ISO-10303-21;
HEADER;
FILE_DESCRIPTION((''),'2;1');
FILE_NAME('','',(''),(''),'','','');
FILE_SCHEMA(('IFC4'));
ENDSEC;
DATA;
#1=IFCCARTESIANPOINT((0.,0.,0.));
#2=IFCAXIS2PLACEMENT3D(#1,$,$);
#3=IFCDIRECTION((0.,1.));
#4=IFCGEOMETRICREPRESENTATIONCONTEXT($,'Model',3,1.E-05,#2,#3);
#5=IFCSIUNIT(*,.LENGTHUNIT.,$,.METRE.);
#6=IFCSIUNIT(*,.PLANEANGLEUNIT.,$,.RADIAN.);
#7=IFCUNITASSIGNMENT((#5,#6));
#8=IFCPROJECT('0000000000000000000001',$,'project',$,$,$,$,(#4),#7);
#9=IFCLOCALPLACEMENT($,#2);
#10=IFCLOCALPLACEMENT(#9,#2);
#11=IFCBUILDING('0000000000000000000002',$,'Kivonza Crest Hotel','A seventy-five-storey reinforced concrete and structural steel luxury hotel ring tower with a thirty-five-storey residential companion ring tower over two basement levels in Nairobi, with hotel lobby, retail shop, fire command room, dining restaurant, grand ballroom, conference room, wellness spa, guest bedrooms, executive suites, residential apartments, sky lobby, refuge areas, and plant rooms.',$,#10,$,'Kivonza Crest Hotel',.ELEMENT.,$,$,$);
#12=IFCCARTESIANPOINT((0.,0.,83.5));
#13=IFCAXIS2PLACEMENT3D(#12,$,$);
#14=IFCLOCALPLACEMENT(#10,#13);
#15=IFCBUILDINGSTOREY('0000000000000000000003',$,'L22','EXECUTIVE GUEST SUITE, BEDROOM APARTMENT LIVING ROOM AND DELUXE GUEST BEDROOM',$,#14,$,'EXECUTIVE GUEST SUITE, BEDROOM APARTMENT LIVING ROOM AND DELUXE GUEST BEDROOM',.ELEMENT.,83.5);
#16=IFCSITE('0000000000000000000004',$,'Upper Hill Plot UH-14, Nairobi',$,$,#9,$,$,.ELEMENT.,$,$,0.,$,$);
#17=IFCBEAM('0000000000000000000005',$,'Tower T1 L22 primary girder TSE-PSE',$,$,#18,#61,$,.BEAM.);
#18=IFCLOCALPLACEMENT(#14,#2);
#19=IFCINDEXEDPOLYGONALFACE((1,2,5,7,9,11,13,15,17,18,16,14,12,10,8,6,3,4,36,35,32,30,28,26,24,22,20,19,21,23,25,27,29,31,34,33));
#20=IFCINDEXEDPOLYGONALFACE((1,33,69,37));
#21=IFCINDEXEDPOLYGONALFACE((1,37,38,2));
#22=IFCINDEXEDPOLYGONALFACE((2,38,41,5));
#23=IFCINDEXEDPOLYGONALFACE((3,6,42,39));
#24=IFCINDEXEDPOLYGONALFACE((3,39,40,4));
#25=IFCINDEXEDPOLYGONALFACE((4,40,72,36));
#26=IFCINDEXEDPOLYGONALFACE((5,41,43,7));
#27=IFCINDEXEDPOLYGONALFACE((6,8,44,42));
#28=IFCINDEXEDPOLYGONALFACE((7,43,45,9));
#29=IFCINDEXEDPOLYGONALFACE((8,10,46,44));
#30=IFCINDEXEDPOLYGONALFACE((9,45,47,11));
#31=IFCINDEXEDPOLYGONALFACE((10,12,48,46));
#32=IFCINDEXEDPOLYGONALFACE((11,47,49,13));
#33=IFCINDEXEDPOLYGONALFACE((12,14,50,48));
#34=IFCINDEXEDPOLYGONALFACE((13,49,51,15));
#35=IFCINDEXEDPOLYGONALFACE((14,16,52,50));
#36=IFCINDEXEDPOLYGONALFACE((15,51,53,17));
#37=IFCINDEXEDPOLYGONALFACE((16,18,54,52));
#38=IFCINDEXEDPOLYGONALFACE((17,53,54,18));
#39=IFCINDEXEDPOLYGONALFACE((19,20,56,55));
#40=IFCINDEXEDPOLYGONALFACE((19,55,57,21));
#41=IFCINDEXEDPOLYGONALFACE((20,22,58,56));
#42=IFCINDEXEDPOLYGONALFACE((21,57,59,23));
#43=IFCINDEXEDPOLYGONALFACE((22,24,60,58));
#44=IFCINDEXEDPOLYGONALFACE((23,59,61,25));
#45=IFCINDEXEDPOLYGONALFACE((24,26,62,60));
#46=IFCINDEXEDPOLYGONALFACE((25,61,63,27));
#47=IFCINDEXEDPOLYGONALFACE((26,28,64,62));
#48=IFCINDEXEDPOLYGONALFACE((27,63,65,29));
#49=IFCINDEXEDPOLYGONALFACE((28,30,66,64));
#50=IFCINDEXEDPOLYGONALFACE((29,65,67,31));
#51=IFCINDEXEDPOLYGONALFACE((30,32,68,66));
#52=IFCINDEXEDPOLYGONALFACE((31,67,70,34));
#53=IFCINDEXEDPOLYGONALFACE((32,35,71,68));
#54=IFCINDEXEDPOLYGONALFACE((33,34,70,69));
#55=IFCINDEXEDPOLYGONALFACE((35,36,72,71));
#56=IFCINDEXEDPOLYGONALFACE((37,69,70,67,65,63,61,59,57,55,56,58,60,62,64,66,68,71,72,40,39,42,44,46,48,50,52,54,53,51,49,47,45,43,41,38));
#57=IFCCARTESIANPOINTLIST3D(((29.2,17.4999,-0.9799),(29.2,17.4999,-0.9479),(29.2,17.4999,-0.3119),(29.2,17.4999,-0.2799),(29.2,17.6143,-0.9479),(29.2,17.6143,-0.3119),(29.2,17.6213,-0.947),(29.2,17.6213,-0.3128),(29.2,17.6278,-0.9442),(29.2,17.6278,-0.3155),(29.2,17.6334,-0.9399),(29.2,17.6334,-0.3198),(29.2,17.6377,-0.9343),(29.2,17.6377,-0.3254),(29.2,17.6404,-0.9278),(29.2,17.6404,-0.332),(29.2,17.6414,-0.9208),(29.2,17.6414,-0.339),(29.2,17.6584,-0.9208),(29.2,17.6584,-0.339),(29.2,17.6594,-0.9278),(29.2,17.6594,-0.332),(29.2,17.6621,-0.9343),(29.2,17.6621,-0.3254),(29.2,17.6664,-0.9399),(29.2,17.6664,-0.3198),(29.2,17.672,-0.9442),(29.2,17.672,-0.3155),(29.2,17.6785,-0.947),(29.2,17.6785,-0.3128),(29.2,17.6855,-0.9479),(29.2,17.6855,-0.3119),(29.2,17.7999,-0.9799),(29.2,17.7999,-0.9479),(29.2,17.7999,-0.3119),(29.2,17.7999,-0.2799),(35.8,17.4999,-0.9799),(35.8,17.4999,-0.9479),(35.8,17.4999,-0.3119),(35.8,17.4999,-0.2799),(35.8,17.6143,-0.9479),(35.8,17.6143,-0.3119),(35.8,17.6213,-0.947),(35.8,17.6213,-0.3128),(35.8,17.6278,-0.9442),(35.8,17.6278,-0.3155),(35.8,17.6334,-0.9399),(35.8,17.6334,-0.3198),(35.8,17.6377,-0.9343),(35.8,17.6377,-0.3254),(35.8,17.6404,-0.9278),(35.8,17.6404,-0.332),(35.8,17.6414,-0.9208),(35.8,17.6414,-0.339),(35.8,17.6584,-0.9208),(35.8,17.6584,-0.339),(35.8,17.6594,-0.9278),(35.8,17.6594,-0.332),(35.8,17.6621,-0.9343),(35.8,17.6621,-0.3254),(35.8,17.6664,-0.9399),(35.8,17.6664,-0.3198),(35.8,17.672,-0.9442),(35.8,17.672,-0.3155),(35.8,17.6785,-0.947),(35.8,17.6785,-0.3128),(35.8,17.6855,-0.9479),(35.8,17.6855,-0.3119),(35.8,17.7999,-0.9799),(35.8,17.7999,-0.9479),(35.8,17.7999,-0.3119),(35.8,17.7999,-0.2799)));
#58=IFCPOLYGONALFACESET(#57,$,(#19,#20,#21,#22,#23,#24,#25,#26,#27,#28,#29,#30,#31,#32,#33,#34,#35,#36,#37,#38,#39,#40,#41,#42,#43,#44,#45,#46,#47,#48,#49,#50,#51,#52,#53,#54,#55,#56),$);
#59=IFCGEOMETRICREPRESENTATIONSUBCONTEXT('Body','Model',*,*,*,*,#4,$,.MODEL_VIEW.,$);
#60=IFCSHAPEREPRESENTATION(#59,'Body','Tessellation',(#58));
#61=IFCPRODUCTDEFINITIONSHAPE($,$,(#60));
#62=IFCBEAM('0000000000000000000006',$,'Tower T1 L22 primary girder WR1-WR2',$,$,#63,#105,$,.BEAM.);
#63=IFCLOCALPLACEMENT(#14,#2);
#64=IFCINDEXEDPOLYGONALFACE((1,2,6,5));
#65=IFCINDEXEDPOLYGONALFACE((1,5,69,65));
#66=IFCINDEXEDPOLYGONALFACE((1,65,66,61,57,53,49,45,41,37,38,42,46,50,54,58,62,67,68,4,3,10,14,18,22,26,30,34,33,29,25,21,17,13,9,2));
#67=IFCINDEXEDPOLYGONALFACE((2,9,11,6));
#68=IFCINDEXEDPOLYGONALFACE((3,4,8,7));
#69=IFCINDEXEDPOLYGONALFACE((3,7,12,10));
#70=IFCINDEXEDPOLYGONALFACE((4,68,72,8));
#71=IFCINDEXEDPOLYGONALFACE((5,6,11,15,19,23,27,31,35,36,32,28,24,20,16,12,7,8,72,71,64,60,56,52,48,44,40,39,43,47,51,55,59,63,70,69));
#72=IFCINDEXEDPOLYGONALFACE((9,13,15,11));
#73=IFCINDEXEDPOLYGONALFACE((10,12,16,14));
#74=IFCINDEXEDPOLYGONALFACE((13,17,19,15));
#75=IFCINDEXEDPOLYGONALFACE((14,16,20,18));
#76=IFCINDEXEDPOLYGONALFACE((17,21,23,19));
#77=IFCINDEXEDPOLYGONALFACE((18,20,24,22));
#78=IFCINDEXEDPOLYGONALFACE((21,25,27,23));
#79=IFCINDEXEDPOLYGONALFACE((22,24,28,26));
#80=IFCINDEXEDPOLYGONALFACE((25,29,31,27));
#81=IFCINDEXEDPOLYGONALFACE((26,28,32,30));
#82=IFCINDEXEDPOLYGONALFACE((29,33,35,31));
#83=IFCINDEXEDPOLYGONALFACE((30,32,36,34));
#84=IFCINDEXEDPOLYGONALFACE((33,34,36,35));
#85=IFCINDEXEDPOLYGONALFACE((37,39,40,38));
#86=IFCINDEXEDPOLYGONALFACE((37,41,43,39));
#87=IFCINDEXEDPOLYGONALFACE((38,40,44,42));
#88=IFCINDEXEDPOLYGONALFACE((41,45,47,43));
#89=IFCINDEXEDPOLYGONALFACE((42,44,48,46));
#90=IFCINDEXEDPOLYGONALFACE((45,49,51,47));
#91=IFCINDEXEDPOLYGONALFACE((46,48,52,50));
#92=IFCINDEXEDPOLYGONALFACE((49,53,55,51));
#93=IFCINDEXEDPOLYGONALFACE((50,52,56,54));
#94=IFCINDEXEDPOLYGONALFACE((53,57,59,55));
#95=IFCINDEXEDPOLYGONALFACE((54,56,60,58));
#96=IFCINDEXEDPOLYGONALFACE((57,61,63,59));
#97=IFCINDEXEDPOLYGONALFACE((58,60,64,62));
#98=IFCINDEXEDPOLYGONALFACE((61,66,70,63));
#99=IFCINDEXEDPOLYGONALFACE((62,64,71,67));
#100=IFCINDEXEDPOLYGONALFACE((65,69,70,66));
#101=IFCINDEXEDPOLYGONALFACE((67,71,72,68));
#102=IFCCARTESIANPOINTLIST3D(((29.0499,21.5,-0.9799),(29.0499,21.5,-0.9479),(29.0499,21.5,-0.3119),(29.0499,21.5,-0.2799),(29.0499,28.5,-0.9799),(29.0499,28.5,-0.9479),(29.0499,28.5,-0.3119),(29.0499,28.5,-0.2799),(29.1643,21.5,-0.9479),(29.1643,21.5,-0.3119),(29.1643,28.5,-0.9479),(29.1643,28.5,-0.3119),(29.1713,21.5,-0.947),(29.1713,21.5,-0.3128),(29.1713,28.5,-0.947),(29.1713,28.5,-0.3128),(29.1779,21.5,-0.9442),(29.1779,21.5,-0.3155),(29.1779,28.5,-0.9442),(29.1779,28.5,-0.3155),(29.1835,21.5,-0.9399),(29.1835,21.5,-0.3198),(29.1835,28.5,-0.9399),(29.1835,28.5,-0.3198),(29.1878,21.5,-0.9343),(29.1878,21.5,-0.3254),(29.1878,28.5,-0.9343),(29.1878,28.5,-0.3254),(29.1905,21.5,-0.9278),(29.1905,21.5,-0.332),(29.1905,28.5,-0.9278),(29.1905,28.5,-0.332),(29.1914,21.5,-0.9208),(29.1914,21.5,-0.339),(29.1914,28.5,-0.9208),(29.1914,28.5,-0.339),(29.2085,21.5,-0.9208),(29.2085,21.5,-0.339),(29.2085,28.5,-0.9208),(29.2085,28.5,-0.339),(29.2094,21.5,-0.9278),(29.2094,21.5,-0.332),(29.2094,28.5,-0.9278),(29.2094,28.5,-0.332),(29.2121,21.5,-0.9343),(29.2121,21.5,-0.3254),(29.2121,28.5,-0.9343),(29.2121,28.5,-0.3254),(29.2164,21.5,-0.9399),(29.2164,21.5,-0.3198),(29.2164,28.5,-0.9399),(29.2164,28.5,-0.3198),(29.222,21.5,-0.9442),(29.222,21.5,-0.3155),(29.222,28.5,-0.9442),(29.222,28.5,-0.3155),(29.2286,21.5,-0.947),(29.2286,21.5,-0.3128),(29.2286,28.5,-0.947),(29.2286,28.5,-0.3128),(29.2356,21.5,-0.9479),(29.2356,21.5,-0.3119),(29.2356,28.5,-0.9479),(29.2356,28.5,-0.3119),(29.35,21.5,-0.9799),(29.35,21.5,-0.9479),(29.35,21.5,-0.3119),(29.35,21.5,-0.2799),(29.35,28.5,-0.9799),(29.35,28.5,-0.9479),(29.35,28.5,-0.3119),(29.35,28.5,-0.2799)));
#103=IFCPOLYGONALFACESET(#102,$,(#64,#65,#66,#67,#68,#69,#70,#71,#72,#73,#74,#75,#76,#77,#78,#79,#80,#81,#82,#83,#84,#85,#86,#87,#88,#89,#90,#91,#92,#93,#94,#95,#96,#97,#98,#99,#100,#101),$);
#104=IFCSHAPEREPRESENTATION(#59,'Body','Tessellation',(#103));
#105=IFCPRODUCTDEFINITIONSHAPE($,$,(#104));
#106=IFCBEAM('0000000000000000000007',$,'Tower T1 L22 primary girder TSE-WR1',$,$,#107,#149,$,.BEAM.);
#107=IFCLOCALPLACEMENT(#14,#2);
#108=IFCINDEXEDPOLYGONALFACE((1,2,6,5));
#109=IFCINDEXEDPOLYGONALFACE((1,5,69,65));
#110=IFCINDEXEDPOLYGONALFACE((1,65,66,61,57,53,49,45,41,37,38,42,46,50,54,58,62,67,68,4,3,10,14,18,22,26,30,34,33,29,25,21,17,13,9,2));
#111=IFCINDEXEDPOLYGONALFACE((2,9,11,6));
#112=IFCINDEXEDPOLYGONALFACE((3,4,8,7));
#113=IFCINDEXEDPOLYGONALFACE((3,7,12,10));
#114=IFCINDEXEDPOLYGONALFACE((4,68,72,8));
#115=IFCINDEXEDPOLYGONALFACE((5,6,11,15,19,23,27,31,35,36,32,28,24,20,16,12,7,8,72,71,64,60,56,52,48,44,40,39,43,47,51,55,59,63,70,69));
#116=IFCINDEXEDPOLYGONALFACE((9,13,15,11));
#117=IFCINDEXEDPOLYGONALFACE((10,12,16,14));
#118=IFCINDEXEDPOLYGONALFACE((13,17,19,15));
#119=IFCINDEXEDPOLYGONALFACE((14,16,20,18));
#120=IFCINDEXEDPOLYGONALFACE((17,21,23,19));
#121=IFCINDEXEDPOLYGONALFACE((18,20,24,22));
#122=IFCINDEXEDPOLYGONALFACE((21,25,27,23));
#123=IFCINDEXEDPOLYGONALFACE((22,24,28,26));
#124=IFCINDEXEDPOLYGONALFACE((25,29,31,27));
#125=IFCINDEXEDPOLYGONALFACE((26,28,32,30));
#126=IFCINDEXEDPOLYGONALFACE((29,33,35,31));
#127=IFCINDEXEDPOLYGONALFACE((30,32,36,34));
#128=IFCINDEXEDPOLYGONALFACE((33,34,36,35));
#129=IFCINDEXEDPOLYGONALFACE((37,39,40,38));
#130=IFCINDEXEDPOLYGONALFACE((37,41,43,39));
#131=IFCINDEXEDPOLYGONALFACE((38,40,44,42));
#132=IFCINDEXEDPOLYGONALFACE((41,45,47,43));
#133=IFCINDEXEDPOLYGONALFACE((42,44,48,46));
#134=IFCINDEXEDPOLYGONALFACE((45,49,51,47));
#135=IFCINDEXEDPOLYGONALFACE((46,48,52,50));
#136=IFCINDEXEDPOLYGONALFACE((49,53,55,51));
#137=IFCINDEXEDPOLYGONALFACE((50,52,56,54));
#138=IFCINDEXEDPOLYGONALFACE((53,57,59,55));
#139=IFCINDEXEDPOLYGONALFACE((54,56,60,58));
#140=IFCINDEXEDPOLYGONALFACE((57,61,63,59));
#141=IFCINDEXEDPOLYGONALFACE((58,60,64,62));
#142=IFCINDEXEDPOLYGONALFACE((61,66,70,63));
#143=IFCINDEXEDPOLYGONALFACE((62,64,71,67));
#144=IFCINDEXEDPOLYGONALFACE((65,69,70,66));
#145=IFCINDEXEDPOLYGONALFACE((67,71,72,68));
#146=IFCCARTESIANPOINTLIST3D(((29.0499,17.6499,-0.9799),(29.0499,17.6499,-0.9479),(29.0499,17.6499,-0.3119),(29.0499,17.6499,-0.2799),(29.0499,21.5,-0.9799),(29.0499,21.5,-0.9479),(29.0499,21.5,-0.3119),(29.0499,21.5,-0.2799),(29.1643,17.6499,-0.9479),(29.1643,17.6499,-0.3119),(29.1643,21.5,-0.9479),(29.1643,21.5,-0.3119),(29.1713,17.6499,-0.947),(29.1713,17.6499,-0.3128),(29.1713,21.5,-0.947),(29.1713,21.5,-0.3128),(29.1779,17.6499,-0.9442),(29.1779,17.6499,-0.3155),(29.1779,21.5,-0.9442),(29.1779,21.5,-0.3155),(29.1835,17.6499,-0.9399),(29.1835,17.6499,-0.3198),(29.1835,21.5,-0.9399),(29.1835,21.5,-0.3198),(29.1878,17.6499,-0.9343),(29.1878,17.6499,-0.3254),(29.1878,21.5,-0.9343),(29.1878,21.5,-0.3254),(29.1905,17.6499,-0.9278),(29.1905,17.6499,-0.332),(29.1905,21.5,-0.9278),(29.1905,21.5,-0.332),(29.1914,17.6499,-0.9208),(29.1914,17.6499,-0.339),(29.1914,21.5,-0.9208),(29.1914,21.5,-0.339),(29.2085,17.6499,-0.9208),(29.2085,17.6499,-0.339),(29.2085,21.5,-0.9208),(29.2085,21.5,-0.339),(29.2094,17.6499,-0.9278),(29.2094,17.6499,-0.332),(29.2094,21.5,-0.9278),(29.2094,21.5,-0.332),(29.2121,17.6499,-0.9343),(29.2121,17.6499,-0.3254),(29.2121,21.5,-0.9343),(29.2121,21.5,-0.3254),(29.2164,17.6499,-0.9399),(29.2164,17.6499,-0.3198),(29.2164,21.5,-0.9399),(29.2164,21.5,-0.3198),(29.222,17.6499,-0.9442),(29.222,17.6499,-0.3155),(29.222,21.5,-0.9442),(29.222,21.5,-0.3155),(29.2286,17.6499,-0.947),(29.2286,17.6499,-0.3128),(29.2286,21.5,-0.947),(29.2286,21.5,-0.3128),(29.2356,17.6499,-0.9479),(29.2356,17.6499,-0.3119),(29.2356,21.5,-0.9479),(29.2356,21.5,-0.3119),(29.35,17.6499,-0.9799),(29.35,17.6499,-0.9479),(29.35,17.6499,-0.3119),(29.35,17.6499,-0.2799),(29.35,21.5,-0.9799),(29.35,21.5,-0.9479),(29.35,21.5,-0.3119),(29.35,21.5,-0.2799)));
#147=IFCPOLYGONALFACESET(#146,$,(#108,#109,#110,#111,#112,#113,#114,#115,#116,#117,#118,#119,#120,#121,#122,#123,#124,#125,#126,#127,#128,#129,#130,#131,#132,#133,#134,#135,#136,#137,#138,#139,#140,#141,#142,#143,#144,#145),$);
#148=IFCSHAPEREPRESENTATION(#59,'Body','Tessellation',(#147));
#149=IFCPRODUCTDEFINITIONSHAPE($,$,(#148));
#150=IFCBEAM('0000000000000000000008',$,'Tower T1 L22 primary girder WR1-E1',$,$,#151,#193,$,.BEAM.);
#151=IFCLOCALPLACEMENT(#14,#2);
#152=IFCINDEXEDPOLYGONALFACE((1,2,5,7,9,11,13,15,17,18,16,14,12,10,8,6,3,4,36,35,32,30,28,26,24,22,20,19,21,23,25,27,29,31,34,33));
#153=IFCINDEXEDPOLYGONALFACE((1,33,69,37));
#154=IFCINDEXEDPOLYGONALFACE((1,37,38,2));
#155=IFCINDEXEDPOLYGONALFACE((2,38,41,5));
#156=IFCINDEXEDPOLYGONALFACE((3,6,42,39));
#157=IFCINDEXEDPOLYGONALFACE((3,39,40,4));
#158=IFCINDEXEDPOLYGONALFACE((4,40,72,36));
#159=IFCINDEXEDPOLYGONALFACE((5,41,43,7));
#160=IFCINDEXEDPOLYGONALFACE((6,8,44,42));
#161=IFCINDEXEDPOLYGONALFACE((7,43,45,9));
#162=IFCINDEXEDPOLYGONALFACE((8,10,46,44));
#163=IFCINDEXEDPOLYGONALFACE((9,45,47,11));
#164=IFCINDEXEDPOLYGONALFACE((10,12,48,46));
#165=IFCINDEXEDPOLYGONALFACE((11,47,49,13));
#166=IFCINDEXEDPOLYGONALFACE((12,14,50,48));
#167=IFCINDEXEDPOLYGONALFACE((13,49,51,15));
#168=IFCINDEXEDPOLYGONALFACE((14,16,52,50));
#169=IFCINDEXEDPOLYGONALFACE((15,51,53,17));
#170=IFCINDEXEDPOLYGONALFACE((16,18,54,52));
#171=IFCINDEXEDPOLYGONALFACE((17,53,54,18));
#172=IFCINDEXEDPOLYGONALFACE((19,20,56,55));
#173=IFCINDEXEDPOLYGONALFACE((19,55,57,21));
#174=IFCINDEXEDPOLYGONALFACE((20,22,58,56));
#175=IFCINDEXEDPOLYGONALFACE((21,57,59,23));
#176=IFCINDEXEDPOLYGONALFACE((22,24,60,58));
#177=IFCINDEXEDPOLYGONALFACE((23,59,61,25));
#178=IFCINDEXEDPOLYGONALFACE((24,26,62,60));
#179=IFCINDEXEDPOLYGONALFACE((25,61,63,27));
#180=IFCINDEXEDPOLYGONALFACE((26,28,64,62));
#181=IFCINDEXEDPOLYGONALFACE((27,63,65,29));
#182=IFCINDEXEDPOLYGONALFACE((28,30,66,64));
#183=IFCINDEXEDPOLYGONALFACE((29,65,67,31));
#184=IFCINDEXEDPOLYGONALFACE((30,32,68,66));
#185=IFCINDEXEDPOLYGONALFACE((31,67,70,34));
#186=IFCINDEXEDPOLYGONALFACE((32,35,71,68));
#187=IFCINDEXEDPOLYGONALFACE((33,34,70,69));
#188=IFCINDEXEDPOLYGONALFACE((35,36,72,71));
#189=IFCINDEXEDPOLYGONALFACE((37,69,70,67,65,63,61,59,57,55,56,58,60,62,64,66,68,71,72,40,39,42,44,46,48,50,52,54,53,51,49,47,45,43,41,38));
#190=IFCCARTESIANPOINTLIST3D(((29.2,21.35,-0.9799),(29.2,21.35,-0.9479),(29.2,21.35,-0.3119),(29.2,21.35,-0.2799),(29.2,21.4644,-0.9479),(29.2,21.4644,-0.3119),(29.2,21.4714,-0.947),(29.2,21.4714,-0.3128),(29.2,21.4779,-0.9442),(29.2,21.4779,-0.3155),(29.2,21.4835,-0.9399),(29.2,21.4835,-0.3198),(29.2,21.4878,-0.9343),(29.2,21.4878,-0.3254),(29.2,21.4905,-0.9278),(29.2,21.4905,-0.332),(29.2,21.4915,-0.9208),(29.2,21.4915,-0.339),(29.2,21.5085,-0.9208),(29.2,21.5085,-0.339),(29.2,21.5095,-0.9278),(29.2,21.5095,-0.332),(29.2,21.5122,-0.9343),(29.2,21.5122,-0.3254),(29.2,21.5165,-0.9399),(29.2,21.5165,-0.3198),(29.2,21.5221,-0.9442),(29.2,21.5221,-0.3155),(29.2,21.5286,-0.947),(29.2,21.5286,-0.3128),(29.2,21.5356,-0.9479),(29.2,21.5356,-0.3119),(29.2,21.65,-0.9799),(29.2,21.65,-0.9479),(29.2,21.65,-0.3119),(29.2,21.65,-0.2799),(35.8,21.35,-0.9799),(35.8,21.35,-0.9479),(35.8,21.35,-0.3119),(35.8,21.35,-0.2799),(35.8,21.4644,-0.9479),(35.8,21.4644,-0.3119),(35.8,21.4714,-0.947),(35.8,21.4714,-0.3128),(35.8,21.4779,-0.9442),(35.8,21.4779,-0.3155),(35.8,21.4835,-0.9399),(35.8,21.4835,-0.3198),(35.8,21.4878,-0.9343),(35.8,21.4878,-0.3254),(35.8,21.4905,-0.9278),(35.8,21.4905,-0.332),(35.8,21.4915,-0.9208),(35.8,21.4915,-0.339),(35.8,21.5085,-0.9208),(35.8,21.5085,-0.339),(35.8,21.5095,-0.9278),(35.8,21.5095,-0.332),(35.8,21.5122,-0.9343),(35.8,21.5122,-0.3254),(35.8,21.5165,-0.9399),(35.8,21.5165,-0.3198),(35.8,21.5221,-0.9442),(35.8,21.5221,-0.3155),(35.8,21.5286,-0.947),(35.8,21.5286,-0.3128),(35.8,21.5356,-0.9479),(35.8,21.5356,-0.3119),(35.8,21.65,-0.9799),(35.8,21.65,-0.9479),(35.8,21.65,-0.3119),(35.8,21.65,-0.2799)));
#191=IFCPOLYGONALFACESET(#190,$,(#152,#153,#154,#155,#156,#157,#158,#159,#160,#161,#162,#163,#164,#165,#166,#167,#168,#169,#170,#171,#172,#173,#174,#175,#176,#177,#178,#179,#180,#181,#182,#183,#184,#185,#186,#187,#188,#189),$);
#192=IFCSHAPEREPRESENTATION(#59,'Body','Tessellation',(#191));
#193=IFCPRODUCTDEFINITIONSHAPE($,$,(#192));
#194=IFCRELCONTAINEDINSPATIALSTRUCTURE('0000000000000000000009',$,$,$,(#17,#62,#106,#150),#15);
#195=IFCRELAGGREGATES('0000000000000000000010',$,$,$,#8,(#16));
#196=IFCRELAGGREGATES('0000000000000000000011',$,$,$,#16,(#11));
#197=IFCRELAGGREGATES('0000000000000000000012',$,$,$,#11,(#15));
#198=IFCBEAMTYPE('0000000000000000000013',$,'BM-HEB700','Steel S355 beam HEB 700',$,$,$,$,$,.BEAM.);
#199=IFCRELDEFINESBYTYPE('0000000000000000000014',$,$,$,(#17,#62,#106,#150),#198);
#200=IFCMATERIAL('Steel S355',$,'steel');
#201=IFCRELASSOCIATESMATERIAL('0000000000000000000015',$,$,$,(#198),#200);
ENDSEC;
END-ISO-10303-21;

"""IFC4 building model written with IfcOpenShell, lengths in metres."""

from ifc_helpers import new_model, si_unit, direction, frame, origin, origin_2d, place, context, subcontext, project, spatial, i_section, extrude, material, material_profile, profile_set, type_object, element, save


model = new_model("IFC4")

# Units and contexts
model_context = context("Model", 3, precision=1e-05, world=origin(), true_north=direction((0.0, 1.0)))
body_context = subcontext(model_context, "Body", "Model", "MODEL_VIEW")
ifc_project = project(units=[si_unit("LENGTHUNIT", "METRE"), si_unit("PLANEANGLEUNIT", "RADIAN")], contexts=[model_context])

# Site, building, storey
site_placement = place(None, origin())
site = spatial("IfcSite", under=ifc_project, at=site_placement, Name="Upper Hill Plot UH-14, Nairobi", CompositionType="ELEMENT", RefElevation=0.0)
building_placement = place(site_placement, origin())
building = spatial("IfcBuilding", under=site, at=building_placement, Name="Kivonza Crest Hotel", Description="A seventy-five-storey reinforced concrete and structural steel luxury hotel ring tower with a thirty-five-storey residential companion ring tower over two basement levels in Nairobi, with hotel lobby, retail shop, fire command room, dining restaurant, grand ballroom, conference room, wellness spa, guest bedrooms, executive suites, residential apartments, sky lobby, refuge areas, and plant rooms.", LongName="Kivonza Crest Hotel", CompositionType="ELEMENT")
storey_placement = place(building_placement, frame((0.0, 0.0, 83.5)))
storey = spatial("IfcBuildingStorey", under=building, at=storey_placement, Name="L22", Description="EXECUTIVE GUEST SUITE, BEDROOM APARTMENT LIVING ROOM AND DELUXE GUEST BEDROOM", LongName="EXECUTIVE GUEST SUITE, BEDROOM APARTMENT LIVING ROOM AND DELUXE GUEST BEDROOM", CompositionType="ELEMENT", Elevation=83.5)

# Beams
ifc_material_1 = material(Name="Steel S355", Category="steel")
ifc_material_profile_1 = material_profile(ifc_material_1, i_section(OverallWidth=0.3, OverallDepth=0.7, WebThickness=0.0171, FlangeThickness=0.032, FilletRadius=0.0271, at=origin_2d()), Name="HEB 700")
ifc_profile_set_1 = profile_set([ifc_material_profile_1], Name="Steel S355")
beam_type_1 = type_object("IfcBeamType", Name="BM-HEB700", Description="Steel S355 beam HEB 700", PredefinedType="BEAM", material=ifc_profile_set_1)
beam_1_placement = place(storey_placement, frame((29.2, 17.6499, -0.6299), z_axis=(1.0, 0.0, 0.0), x_axis=(0.0, 1.0, 0.0)))
element("IfcBeam", 1, at=beam_1_placement, inside=storey, type_object=beam_type_1, Name="Tower T1 L22 primary girder TSE-PSE", PredefinedType="BEAM", context=body_context, shape_type="SweptSolid", body=[
    extrude(i_section(OverallWidth=0.3, OverallDepth=0.7, WebThickness=0.0171, FlangeThickness=0.032, FilletRadius=0.0271, at=origin_2d()), origin(), (0.0, 0.0, 1.0), 6.6001),
])
beam_2_placement = place(storey_placement, frame((29.2, 21.5, -0.6299), z_axis=(0.0, 1.0, 0.0), x_axis=(-1.0, 0.0, 0.0)))
element("IfcBeam", 2, at=beam_2_placement, inside=storey, type_object=beam_type_1, Name="Tower T1 L22 primary girder WR1-WR2", PredefinedType="BEAM", context=body_context, shape_type="SweptSolid", body=[
    extrude(i_section(OverallWidth=0.3, OverallDepth=0.7, WebThickness=0.0171, FlangeThickness=0.032, FilletRadius=0.0271, at=origin_2d()), origin(), (0.0, 0.0, 1.0), 7.0),
])
beam_3_placement = place(storey_placement, frame((29.2, 17.6499, -0.6299), z_axis=(0.0, 1.0, 0.0), x_axis=(-1.0, 0.0, 0.0)))
element("IfcBeam", 3, at=beam_3_placement, inside=storey, type_object=beam_type_1, Name="Tower T1 L22 primary girder TSE-WR1", PredefinedType="BEAM", context=body_context, shape_type="SweptSolid", body=[
    extrude(i_section(OverallWidth=0.3, OverallDepth=0.7, WebThickness=0.0171, FlangeThickness=0.032, FilletRadius=0.0271, at=origin_2d()), origin(), (0.0, 0.0, 1.0), 3.8501),
])
beam_4_placement = place(storey_placement, frame((29.2, 21.5, -0.6299), z_axis=(1.0, 0.0, 0.0), x_axis=(0.0, 1.0, 0.0)))
element("IfcBeam", 4, at=beam_4_placement, inside=storey, type_object=beam_type_1, Name="Tower T1 L22 primary girder WR1-E1", PredefinedType="BEAM", context=body_context, shape_type="SweptSolid", body=[
    extrude(i_section(OverallWidth=0.3, OverallDepth=0.7, WebThickness=0.0171, FlangeThickness=0.032, FilletRadius=0.0271, at=origin_2d()), origin(), (0.0, 0.0, 1.0), 6.6001),
])

save(model, "model.ifc")
